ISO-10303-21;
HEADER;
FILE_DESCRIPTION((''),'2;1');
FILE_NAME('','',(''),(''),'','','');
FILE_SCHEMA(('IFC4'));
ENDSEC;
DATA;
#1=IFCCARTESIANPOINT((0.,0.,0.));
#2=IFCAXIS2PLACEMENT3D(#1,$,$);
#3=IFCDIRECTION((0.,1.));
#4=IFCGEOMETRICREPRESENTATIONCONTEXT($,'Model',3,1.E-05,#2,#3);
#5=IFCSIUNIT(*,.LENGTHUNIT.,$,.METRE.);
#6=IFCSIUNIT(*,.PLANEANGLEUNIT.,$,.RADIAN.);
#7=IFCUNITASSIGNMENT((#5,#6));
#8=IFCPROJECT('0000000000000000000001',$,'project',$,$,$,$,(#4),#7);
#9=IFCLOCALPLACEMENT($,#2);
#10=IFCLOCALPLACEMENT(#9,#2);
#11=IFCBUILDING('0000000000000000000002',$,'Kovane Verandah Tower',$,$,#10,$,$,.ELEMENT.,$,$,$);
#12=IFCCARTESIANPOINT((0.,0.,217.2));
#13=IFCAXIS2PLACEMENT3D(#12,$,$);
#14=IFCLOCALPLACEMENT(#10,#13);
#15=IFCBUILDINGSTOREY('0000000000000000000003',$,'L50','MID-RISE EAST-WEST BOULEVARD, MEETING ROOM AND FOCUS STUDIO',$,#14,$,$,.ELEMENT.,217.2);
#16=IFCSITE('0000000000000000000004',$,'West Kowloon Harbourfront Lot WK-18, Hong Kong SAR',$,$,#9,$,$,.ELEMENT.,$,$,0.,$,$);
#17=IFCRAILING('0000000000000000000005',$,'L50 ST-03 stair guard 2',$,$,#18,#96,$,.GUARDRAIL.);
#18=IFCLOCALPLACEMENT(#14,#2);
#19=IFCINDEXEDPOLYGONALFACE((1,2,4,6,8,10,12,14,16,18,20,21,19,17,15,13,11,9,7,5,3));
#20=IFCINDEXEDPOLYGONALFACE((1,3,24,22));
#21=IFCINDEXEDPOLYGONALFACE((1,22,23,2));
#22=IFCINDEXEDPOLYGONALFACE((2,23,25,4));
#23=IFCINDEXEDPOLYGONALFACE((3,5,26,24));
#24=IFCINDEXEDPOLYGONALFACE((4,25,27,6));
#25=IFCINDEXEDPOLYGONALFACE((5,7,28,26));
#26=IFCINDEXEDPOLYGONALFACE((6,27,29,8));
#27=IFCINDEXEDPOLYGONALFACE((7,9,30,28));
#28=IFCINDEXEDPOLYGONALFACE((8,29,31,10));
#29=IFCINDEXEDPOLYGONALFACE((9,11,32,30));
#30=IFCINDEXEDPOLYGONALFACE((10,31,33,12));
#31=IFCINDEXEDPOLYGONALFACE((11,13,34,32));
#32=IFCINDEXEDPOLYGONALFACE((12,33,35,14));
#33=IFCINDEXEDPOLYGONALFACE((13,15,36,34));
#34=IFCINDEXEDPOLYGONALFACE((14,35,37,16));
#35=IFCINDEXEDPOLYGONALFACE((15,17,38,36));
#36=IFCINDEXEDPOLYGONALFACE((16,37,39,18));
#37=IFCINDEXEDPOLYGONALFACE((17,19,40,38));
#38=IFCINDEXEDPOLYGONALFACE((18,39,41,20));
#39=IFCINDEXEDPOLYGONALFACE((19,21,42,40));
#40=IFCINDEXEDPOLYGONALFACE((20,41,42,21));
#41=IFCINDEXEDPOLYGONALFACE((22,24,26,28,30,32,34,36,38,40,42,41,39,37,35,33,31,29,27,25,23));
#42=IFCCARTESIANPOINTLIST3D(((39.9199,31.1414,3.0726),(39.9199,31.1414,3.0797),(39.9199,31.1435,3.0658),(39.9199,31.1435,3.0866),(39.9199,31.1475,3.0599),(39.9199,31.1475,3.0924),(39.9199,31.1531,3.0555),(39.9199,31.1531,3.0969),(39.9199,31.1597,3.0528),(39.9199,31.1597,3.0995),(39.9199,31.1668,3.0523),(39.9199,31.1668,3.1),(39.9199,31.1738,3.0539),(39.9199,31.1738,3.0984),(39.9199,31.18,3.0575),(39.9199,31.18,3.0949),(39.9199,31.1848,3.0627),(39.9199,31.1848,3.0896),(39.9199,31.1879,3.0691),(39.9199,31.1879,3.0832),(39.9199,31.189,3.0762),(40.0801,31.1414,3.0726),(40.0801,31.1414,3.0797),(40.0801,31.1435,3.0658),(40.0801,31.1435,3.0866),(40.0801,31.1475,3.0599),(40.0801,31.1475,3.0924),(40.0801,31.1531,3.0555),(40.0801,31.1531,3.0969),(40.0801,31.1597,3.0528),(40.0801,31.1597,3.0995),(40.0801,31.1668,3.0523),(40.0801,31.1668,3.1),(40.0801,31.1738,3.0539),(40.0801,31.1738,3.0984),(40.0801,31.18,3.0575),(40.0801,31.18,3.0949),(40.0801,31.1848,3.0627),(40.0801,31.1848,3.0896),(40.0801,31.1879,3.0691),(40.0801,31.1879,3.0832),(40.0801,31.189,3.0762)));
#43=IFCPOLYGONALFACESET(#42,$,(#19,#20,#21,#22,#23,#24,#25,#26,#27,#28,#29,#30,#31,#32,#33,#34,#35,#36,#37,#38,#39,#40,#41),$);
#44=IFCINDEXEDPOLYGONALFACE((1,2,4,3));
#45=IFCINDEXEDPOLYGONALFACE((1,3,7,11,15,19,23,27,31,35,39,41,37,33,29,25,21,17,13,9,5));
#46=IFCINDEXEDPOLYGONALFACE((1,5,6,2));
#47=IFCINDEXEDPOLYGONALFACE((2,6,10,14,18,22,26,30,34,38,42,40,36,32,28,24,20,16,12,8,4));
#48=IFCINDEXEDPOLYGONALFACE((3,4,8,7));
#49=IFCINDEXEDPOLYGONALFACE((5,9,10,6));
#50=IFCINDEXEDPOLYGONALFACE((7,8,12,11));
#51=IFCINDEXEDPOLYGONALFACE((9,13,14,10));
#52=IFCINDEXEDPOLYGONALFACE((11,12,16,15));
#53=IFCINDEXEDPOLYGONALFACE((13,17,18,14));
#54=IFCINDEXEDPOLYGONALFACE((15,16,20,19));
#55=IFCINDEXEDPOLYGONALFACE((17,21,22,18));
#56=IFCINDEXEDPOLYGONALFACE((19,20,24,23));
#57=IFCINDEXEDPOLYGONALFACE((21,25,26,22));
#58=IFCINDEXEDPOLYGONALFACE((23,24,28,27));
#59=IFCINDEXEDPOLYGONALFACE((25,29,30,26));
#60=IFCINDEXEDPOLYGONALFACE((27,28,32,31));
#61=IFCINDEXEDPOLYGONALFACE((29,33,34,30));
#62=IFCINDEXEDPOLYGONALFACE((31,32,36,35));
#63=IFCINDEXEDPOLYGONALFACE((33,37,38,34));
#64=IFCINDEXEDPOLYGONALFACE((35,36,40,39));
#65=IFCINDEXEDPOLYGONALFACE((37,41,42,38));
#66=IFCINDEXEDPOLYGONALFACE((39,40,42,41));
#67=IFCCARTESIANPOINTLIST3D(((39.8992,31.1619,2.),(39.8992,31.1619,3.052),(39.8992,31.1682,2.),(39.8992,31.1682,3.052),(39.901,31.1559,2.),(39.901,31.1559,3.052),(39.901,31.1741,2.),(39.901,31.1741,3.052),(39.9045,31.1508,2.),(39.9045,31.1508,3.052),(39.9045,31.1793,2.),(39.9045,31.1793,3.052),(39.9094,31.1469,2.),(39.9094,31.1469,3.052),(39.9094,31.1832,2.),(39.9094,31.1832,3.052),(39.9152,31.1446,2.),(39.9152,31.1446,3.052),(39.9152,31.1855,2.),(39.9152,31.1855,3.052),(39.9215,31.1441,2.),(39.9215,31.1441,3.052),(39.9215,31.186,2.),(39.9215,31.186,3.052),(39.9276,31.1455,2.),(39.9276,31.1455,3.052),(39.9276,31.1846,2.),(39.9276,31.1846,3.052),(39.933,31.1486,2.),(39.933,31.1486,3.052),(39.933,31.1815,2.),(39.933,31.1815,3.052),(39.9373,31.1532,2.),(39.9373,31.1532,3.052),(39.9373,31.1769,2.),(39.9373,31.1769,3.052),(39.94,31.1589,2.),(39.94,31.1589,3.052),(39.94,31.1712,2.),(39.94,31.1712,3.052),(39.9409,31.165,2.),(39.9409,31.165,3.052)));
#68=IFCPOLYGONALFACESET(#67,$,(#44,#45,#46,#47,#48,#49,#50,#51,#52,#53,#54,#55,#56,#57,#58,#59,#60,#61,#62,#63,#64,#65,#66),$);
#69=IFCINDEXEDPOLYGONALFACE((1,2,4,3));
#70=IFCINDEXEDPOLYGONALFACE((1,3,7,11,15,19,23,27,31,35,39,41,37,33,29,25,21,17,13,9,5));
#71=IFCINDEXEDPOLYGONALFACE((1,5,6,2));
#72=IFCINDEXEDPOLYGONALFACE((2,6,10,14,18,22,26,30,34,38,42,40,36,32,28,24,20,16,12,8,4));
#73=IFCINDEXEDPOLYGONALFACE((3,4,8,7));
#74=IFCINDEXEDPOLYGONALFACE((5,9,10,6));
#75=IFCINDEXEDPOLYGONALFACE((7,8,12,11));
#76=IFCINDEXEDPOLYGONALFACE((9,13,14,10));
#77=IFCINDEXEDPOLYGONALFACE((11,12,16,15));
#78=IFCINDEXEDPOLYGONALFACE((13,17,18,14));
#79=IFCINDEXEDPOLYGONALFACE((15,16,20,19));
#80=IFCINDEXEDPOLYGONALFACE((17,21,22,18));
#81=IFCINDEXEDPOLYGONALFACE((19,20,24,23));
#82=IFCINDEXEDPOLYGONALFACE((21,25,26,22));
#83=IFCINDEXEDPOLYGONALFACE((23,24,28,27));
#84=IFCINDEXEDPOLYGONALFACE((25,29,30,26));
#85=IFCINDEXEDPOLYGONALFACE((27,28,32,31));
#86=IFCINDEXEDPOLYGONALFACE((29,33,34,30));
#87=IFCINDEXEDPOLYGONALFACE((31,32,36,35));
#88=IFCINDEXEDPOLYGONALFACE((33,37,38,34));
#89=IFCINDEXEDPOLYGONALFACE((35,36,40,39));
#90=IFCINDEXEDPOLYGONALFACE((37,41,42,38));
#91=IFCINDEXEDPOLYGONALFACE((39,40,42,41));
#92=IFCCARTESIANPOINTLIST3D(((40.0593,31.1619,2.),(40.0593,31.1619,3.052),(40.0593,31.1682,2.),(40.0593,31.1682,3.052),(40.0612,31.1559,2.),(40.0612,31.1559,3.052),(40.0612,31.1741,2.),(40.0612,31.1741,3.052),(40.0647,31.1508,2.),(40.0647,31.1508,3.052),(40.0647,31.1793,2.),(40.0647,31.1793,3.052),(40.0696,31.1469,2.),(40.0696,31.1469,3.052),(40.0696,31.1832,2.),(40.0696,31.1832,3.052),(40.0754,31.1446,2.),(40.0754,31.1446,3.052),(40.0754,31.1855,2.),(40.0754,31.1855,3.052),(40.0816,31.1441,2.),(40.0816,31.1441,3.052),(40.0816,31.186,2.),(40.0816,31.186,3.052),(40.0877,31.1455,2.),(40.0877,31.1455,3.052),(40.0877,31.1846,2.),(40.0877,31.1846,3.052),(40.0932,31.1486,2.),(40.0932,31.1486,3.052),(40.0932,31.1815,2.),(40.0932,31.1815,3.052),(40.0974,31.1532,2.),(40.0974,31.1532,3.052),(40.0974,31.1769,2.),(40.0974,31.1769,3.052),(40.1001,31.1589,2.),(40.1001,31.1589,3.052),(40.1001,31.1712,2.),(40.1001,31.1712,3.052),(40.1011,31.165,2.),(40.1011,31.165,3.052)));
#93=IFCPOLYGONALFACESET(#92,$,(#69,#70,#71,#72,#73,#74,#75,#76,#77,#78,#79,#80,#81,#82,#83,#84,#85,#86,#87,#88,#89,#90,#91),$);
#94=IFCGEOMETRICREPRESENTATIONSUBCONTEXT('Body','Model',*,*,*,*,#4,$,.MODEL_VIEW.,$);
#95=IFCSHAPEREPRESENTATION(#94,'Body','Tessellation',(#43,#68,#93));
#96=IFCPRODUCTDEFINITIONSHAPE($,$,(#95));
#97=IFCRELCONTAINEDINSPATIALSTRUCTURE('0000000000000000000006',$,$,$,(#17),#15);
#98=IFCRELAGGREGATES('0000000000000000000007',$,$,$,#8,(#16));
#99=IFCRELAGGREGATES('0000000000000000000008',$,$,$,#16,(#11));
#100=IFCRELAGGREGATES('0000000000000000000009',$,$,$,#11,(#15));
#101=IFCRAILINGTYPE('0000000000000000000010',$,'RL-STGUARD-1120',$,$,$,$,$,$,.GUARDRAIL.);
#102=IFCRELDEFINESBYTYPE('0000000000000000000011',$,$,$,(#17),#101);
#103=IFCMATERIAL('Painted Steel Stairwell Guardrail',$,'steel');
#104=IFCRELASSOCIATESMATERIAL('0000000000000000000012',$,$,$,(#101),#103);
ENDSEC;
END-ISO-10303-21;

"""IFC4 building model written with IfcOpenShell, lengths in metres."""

from ifc_helpers import new_model, si_unit, direction, frame, origin, origin_2d, place, context, subcontext, project, spatial, circle, extrude, material, type_object, element, save


model = new_model("IFC4")

# Units and contexts
model_context = context("Model", 3, precision=1e-05, world=origin(), true_north=direction((0.0, 1.0)))
body_context = subcontext(model_context, "Body", "Model", "MODEL_VIEW")
ifc_project = project(units=[si_unit("LENGTHUNIT", "METRE"), si_unit("PLANEANGLEUNIT", "RADIAN")], contexts=[model_context])

# Site, building, storey
site_placement = place(None, origin())
site = spatial("IfcSite", under=ifc_project, at=site_placement, Name="West Kowloon Harbourfront Lot WK-18, Hong Kong SAR", CompositionType="ELEMENT", RefElevation=0.0)
building_placement = place(site_placement, origin())
building = spatial("IfcBuilding", under=site, at=building_placement, Name="Kovane Verandah Tower", CompositionType="ELEMENT")
storey_placement = place(building_placement, frame((0.0, 0.0, 217.2)))
storey = spatial("IfcBuildingStorey", under=building, at=storey_placement, Name="L50", Description="MID-RISE EAST-WEST BOULEVARD, MEETING ROOM AND FOCUS STUDIO", CompositionType="ELEMENT", Elevation=217.2)

# Railing
ifc_material_1 = material(Name="Painted Steel Stairwell Guardrail", Category="steel")
railing_type = type_object("IfcRailingType", Name="RL-STGUARD-1120", PredefinedType="GUARDRAIL", material=ifc_material_1)
railing_1_placement = place(storey_placement, frame((39.9199, 31.165, 2.0)))
element("IfcRailing", 1, at=railing_1_placement, inside=storey, type_object=railing_type, Name="L50 ST-03 stair guard 2", PredefinedType="GUARDRAIL", context=body_context, shape_type="SweptSolid", body=[
    extrude(circle(Radius=0.0239, at=origin_2d()), frame((0.0, 0.0, 1.0762), z_axis=(1.0, 0.0, 0.0), x_axis=(0.0, 1.0, 0.0)), (0.0, 0.0, 1.0), 0.1602),
    extrude(circle(Radius=0.021, at=origin_2d()), origin(), (0.0, 0.0, 1.0), 1.052),
    extrude(circle(Radius=0.021, at=origin_2d()), frame((0.1602, 0.0, 0.0)), (0.0, 0.0, 1.0), 1.052),
])

save(model, "model.ifc")
